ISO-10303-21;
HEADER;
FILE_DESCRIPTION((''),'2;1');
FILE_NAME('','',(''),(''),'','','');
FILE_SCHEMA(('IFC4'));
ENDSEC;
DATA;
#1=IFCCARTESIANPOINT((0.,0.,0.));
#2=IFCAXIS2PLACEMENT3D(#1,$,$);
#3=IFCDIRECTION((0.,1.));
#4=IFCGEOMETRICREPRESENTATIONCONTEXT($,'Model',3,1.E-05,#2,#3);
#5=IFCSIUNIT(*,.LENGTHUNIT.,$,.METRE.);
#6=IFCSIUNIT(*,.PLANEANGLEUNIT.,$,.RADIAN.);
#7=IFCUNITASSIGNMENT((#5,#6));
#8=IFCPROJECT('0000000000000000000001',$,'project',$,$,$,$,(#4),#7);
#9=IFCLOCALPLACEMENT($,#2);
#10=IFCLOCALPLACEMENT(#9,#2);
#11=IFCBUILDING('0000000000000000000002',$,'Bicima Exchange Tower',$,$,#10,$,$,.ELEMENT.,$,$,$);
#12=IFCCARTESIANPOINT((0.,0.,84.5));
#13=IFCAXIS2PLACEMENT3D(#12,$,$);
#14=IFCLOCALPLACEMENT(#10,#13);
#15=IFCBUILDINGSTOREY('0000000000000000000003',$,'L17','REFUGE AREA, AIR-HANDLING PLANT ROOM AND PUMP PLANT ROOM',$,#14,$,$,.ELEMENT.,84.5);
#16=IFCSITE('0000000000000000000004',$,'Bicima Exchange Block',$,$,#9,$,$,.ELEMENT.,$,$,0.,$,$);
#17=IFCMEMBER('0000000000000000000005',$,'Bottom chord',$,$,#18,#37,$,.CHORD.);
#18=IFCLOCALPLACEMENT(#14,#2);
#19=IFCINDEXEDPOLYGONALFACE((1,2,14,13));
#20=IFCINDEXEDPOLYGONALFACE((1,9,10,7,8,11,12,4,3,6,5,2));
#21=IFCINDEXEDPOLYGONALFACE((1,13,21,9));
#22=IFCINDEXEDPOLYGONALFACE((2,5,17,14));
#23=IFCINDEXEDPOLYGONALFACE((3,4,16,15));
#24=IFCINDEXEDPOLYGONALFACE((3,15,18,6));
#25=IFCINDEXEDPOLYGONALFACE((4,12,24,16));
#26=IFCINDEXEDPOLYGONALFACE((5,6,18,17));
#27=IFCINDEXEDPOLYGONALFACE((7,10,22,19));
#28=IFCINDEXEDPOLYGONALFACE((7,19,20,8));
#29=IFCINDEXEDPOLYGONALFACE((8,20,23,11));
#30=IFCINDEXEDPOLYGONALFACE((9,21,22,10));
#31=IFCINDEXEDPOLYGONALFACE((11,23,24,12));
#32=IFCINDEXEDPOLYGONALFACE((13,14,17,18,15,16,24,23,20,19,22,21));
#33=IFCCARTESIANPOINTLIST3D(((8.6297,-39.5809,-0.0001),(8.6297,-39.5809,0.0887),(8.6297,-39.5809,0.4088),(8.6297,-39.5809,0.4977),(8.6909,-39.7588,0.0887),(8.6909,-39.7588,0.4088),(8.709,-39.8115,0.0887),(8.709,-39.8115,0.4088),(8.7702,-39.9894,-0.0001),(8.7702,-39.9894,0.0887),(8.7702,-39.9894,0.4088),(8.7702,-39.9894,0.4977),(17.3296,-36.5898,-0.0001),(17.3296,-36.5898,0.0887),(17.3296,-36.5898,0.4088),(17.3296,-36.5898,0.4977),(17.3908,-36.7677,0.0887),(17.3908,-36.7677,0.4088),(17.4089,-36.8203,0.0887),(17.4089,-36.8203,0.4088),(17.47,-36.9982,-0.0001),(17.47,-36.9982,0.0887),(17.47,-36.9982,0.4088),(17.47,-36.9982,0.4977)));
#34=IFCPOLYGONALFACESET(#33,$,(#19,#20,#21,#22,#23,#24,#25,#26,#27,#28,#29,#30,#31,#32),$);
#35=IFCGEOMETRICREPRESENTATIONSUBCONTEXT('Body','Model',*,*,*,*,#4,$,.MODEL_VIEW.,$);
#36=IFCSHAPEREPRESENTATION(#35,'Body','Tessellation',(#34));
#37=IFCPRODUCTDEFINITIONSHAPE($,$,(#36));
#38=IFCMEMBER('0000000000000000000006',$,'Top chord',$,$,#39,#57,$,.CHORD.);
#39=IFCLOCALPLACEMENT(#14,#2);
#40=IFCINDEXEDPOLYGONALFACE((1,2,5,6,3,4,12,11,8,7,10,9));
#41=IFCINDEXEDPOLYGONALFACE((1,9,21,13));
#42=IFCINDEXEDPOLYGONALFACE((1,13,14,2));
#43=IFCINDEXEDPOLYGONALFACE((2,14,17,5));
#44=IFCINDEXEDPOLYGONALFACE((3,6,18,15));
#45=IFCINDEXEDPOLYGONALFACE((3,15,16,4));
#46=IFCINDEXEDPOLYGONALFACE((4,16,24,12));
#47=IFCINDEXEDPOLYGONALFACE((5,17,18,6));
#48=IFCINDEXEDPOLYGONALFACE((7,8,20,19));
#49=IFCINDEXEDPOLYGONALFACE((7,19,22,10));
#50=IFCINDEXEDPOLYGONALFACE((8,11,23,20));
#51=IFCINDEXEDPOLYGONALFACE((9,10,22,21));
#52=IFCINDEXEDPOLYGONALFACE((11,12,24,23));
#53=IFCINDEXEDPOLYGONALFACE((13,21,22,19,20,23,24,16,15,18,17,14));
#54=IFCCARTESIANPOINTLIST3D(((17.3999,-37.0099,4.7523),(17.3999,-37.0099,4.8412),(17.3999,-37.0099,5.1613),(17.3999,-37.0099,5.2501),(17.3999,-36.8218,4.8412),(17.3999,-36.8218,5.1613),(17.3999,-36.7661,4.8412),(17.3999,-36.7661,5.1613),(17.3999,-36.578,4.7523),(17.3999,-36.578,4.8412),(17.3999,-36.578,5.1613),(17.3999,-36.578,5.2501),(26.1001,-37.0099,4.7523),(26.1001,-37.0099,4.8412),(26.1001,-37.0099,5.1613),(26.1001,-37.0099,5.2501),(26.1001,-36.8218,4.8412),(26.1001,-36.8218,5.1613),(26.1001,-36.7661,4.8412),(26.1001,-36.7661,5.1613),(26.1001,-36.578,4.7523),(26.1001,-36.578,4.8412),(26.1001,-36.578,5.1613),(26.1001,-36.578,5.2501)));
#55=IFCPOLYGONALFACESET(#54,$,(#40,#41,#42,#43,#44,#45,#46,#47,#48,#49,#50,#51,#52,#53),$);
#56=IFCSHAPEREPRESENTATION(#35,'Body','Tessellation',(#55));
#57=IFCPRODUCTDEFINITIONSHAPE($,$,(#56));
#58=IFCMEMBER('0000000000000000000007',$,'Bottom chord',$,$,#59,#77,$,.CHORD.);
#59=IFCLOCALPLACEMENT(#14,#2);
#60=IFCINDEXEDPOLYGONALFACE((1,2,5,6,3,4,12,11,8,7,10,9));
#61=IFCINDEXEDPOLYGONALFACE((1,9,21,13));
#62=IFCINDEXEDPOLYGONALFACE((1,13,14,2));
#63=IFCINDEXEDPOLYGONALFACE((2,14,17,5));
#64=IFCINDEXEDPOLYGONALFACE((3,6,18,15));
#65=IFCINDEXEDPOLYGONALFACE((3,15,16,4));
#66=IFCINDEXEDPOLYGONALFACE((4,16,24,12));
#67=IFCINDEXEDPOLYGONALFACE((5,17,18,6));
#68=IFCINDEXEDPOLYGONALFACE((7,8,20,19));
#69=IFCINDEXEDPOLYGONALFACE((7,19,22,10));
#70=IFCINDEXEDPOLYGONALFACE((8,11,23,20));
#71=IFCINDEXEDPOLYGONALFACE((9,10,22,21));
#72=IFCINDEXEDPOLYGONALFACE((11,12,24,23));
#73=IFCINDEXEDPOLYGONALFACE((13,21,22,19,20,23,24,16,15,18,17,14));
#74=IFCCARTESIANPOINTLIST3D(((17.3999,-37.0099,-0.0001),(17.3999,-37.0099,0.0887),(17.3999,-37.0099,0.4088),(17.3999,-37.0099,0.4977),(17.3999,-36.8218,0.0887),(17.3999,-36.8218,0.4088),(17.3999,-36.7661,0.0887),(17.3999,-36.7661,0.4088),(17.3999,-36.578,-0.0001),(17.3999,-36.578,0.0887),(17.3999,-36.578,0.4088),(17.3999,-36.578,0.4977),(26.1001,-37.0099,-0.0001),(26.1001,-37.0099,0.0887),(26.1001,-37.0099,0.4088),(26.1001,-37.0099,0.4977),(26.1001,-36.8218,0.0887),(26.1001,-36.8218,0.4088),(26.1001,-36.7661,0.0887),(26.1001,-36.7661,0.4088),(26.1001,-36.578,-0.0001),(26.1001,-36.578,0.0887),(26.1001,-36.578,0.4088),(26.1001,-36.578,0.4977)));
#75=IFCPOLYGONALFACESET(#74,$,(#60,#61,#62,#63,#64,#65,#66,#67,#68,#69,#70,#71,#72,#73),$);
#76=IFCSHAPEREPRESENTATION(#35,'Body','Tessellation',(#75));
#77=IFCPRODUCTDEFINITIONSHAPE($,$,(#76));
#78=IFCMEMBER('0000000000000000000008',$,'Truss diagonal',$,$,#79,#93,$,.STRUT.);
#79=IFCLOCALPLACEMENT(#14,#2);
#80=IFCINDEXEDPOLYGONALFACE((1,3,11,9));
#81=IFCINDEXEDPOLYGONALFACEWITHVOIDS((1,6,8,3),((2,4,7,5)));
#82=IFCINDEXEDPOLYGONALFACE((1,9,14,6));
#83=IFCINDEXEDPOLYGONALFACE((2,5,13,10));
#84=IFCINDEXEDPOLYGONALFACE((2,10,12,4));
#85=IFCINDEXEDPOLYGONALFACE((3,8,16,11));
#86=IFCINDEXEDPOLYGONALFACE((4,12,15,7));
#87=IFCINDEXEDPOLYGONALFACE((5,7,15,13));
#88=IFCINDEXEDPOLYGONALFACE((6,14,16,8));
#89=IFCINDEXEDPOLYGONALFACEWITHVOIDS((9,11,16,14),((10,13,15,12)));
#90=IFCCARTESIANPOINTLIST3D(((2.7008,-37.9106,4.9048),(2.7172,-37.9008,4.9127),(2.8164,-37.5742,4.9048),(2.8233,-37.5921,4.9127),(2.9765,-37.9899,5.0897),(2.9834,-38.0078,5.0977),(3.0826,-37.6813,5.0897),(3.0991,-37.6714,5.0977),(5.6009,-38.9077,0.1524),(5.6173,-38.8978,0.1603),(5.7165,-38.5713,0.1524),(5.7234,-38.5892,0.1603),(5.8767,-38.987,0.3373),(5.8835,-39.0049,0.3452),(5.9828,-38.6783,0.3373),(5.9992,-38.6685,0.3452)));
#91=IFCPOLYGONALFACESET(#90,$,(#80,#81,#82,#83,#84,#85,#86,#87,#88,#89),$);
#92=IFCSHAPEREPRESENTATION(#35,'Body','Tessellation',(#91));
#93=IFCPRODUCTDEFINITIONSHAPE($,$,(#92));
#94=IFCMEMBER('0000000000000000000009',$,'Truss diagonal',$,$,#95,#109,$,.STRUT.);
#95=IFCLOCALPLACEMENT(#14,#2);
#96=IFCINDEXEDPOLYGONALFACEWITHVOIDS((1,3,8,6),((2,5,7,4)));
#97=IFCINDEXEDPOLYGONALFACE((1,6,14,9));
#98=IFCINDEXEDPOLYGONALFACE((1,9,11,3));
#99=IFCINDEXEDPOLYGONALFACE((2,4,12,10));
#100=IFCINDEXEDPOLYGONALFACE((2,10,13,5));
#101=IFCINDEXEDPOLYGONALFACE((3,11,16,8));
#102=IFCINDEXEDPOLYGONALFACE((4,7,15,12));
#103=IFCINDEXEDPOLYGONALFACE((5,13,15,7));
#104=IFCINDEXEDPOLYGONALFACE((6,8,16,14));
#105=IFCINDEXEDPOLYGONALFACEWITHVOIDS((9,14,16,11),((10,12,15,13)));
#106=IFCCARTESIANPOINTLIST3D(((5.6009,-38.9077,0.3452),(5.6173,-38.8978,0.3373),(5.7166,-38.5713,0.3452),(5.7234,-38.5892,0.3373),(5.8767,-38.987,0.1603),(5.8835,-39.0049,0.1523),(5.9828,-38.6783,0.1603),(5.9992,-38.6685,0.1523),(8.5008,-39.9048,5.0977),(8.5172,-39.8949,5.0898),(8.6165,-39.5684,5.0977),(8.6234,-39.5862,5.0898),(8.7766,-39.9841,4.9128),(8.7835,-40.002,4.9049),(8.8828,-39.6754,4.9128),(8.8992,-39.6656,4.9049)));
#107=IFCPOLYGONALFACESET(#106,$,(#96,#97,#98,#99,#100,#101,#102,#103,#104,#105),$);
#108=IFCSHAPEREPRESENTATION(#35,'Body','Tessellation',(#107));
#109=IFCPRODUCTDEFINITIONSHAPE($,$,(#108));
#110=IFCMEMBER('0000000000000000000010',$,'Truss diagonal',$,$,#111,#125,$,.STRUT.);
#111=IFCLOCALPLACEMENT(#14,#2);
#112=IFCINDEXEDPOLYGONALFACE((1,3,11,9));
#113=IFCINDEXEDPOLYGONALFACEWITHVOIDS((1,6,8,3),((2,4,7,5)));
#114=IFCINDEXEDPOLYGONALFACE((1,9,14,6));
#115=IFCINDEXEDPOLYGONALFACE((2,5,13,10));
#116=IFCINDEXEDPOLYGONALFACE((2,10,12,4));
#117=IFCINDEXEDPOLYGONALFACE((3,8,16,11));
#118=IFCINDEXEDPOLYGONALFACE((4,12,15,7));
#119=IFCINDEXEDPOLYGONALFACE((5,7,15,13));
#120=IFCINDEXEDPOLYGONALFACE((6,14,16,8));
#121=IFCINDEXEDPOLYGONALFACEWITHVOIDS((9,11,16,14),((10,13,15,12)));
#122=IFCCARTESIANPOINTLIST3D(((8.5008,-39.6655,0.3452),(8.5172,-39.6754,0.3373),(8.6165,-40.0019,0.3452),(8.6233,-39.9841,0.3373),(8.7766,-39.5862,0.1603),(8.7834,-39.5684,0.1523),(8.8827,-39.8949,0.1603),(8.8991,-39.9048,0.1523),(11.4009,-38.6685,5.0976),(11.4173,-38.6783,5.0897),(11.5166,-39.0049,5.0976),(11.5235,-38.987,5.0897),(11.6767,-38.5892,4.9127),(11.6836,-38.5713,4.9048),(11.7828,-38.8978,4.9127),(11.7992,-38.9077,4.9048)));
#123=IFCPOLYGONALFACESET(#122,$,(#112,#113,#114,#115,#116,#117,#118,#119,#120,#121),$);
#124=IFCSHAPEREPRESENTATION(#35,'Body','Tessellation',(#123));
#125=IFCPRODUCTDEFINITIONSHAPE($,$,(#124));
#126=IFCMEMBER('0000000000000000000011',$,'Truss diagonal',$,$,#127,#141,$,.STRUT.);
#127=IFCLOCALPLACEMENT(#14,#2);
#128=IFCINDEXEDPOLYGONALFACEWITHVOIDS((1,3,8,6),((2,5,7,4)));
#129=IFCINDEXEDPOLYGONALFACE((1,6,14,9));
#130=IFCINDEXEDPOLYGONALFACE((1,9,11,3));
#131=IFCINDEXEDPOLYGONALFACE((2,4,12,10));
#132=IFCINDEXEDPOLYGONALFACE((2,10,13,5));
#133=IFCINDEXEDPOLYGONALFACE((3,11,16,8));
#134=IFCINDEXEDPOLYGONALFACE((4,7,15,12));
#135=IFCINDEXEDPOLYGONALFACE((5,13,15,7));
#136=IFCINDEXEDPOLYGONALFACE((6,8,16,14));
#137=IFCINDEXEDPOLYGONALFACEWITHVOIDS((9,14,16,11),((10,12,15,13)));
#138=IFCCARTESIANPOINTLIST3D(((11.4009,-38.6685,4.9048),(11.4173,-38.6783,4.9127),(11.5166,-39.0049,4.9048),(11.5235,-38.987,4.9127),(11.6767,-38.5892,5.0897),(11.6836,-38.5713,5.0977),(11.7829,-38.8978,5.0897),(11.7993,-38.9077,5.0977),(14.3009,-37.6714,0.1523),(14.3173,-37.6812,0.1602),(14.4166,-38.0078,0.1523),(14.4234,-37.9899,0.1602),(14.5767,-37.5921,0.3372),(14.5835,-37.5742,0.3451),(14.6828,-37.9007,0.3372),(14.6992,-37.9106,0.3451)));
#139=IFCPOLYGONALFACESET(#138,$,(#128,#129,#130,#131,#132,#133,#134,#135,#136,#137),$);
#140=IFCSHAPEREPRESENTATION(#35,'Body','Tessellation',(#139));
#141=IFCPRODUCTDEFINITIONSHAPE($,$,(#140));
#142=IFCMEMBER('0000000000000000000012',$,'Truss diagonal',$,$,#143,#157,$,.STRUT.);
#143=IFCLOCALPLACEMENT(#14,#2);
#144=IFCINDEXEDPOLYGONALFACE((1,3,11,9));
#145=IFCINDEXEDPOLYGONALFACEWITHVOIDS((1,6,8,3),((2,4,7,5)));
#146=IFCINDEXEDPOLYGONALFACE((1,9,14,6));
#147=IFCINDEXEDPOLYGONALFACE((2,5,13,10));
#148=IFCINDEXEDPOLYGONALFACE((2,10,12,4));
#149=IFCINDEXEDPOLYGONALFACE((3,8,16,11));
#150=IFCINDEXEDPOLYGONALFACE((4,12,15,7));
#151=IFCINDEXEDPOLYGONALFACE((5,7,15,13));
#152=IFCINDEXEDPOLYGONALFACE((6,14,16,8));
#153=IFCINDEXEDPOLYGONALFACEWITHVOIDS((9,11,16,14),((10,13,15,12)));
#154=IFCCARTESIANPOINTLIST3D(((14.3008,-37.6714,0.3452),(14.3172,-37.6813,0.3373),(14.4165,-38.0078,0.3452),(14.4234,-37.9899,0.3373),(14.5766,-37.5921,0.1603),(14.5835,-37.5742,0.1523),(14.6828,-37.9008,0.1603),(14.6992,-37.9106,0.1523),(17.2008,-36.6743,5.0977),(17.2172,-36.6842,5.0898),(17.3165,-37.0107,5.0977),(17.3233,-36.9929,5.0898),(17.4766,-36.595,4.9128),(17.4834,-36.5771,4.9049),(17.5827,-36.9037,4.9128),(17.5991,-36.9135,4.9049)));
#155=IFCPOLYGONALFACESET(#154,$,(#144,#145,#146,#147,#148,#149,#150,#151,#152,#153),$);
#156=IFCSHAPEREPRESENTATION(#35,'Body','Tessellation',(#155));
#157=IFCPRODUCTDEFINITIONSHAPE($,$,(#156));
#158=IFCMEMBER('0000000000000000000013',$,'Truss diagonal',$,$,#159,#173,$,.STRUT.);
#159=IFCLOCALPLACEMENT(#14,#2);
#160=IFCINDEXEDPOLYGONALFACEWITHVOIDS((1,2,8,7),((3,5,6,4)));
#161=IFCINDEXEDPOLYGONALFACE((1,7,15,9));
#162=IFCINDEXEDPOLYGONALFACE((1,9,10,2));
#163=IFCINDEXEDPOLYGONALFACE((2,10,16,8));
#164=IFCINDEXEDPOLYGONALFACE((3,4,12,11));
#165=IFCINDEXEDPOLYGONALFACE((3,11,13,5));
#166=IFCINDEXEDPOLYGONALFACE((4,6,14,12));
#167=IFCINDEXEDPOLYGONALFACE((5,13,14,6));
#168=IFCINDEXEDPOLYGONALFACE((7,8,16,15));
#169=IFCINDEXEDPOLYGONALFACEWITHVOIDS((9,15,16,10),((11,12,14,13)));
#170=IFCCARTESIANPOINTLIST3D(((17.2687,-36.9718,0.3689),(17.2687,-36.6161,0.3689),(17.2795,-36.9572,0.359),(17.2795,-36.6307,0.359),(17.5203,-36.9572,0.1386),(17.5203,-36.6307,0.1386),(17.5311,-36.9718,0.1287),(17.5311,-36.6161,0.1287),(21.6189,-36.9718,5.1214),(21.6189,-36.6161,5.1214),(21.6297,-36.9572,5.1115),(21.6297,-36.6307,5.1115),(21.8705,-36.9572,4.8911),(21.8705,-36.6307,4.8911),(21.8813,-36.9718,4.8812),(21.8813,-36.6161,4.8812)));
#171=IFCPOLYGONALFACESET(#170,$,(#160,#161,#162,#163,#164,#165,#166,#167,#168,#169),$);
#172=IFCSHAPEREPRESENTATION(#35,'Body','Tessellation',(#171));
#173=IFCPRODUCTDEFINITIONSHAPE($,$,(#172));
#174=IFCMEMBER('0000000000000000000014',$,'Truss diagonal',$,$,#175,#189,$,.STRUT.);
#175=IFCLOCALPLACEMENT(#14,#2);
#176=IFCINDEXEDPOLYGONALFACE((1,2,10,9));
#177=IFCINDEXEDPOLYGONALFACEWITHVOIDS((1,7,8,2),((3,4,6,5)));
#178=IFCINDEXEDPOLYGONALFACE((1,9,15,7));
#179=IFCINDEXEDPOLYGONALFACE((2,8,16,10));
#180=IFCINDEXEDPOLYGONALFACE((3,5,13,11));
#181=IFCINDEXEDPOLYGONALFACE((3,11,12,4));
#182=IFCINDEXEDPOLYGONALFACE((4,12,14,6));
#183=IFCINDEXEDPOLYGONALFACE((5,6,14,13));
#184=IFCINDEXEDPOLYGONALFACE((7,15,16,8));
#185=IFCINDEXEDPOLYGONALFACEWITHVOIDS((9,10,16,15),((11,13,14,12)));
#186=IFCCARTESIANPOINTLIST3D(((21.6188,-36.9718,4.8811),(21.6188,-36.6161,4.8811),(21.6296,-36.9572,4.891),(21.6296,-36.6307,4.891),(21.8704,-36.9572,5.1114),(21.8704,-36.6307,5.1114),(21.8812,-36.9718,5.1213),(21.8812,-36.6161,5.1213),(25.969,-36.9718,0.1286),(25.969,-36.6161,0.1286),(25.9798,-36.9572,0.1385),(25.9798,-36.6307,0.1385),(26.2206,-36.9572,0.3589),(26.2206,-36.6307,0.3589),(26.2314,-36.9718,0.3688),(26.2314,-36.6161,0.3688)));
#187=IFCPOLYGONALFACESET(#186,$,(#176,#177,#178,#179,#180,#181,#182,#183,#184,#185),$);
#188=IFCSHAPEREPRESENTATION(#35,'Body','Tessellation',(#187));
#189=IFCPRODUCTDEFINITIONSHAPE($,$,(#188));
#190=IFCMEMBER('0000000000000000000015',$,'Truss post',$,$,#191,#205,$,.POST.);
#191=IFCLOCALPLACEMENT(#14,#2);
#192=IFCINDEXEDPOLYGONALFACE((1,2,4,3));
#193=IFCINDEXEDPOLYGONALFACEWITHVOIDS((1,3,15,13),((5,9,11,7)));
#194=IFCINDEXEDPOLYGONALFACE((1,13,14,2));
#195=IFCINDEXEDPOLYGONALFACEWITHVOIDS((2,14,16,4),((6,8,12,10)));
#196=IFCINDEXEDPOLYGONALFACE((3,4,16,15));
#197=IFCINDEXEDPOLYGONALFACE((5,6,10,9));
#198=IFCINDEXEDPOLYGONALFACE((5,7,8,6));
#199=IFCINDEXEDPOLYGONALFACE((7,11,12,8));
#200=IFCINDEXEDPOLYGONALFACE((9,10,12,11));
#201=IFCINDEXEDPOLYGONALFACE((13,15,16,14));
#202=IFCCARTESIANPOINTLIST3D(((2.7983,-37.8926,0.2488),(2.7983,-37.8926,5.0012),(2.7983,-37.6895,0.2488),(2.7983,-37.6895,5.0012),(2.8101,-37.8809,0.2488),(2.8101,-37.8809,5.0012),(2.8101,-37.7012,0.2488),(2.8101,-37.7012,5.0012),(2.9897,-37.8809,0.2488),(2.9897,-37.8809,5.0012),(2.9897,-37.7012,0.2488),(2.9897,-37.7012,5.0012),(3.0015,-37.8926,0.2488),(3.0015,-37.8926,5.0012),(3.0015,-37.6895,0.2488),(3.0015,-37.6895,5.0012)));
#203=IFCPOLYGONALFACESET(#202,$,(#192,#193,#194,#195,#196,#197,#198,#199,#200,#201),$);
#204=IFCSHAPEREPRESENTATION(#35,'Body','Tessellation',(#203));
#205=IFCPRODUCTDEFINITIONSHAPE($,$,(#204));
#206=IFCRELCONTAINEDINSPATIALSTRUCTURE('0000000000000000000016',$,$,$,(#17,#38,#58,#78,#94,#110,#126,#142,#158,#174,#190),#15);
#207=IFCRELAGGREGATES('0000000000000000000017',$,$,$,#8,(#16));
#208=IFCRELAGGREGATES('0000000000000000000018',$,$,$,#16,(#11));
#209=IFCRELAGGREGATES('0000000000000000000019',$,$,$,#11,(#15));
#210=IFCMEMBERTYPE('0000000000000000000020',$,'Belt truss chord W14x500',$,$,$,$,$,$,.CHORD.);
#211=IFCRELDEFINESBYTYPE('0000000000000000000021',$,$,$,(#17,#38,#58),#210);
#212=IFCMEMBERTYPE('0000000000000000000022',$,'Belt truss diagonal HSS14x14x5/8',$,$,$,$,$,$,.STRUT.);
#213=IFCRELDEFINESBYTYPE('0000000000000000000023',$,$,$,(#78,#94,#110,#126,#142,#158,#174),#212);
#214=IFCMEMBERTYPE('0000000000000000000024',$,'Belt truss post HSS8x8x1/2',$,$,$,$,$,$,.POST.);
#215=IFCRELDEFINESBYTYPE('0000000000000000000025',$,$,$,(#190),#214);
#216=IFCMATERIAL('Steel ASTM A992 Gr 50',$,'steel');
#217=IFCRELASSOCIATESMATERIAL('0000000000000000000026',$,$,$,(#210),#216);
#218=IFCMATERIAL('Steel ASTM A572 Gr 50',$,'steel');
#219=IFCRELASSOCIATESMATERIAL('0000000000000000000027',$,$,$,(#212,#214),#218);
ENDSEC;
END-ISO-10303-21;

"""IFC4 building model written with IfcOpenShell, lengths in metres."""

from ifc_helpers import new_model, si_unit, direction, frame, origin, origin_2d, place, context, subcontext, project, spatial, hollow_rectangle, i_section, extrude, material, material_profile, profile_set, type_object, element, save


model = new_model("IFC4")

# Units and contexts
model_context = context("Model", 3, precision=1e-05, world=origin(), true_north=direction((0.0, 1.0)))
body_context = subcontext(model_context, "Body", "Model", "MODEL_VIEW")
ifc_project = project(units=[si_unit("LENGTHUNIT", "METRE"), si_unit("PLANEANGLEUNIT", "RADIAN")], contexts=[model_context])

# Site, building, storey
site_placement = place(None, origin())
site = spatial("IfcSite", under=ifc_project, at=site_placement, Name="Bicima Exchange Block", CompositionType="ELEMENT", RefElevation=0.0)
building_placement = place(site_placement, origin())
building = spatial("IfcBuilding", under=site, at=building_placement, Name="Bicima Exchange Tower", CompositionType="ELEMENT")
storey_placement = place(building_placement, frame((0.0, 0.0, 84.5)))
storey = spatial("IfcBuildingStorey", under=building, at=storey_placement, Name="L17", Description="REFUGE AREA, AIR-HANDLING PLANT ROOM AND PUMP PLANT ROOM", CompositionType="ELEMENT", Elevation=84.5)

# Shared definitions
ifc_material_1 = material(Name="Steel ASTM A992 Gr 50", Category="steel")

# Members
ifc_material_profile_1 = material_profile(ifc_material_1, i_section(OverallWidth=0.4319, OverallDepth=0.4978, WebThickness=0.0557, FlangeThickness=0.0889, at=origin_2d()))
ifc_profile_set_1 = profile_set([ifc_material_profile_1], Name="Steel ASTM A992 Gr 50")
member_type_1 = type_object("IfcMemberType", Name="Belt truss chord W14x500", PredefinedType="CHORD", material=ifc_profile_set_1)
for number, where, z_axis, x_axis, name in (
    (1, (8.7, -39.7852, 0.2488), (0.945666, 0.325138, 0.0), (-0.325138, 0.945666, 0.0), "Bottom chord"),
):
    element("IfcMember", number, at=place(storey_placement, frame(where, z_axis=z_axis, x_axis=x_axis)), inside=storey, type_object=member_type_1, Name=name, PredefinedType="CHORD", context=body_context, shape_type="SweptSolid", body=[
        extrude(i_section(OverallWidth=0.4319, OverallDepth=0.4978, WebThickness=0.0557, FlangeThickness=0.0889, at=origin_2d()), origin(), (0.0, 0.0, 1.0), 9.1997),
    ])
for number, where, z_axis, x_axis, name in (
    (2, (17.3999, -36.7939, 5.0012), (1.0, 0.0, 0.0), (0.0, 1.0, 0.0), "Top chord"),
    (3, (17.3999, -36.7939, 0.2488), (1.0, 0.0, 0.0), (0.0, 1.0, 0.0), "Bottom chord"),
):
    element("IfcMember", number, at=place(storey_placement, frame(where, z_axis=z_axis, x_axis=x_axis)), inside=storey, type_object=member_type_1, Name=name, PredefinedType="CHORD", context=body_context, shape_type="SweptSolid", body=[
        extrude(i_section(OverallWidth=0.4319, OverallDepth=0.4978, WebThickness=0.0557, FlangeThickness=0.0889, at=origin_2d()), origin(), (0.0, 0.0, 1.0), 8.7002),
    ])
ifc_material_2 = material(Name="Steel ASTM A572 Gr 50", Category="steel")
ifc_material_profile_2 = material_profile(ifc_material_2, hollow_rectangle(XDim=0.3557, YDim=0.3557, WallThickness=0.0146, at=origin_2d()))
ifc_profile_set_2 = profile_set([ifc_material_profile_2], Name="Steel ASTM A572 Gr 50")
member_type_2 = type_object("IfcMemberType", Name="Belt truss diagonal HSS14x14x5/8", PredefinedType="STRUT", material=ifc_profile_set_2)
for number, where, z_axis, x_axis, name in (
    (4, (2.8999, -37.791, 5.0012), (0.512753, -0.176284, -0.840243), (0.325122, 0.945672, 0.0), "Truss diagonal"),
    (5, (5.8, -38.7881, 0.2488), (0.512721, -0.176288, 0.840262), (0.325147, 0.945664, 0.0), "Truss diagonal"),
    (6, (8.7, -39.7852, 0.2488), (0.512753, 0.176284, 0.840243), (-0.325122, 0.945672, 0.0), "Truss diagonal"),
    (7, (11.6001, -38.7881, 5.0012), (0.512721, 0.176288, -0.840262), (-0.325147, 0.945664, 0.0), "Truss diagonal"),
    (8, (14.5, -37.791, 0.2488), (0.512721, 0.176288, 0.840262), (-0.325147, 0.945664, 0.0), "Truss diagonal"),
):
    element("IfcMember", number, at=place(storey_placement, frame(where, z_axis=z_axis, x_axis=x_axis)), inside=storey, type_object=member_type_2, Name=name, PredefinedType="STRUT", context=body_context, shape_type="SweptSolid", body=[
        extrude(hollow_rectangle(XDim=0.3557, YDim=0.3557, WallThickness=0.0146, at=origin_2d()), origin(), (0.0, 0.0, 1.0), 5.656),
    ])
for number, where, z_axis, x_axis, name in (
    (9, (17.3999, -36.7939, 0.2488), (0.675193, 0.0, 0.737642), (0.0, 1.0, 0.0), "Truss diagonal"),
    (10, (21.75, -36.7939, 5.0012), (0.675193, 0.0, -0.737642), (0.0, 1.0, 0.0), "Truss diagonal"),
):
    element("IfcMember", number, at=place(storey_placement, frame(where, z_axis=z_axis, x_axis=x_axis)), inside=storey, type_object=member_type_2, Name=name, PredefinedType="STRUT", context=body_context, shape_type="SweptSolid", body=[
        extrude(hollow_rectangle(XDim=0.3557, YDim=0.3557, WallThickness=0.0146, at=origin_2d()), origin(), (0.0, 0.0, 1.0), 6.4429),
    ])
ifc_material_profile_3 = material_profile(ifc_material_2, hollow_rectangle(XDim=0.2031, YDim=0.2031, WallThickness=0.0117, at=origin_2d()))
ifc_profile_set_3 = profile_set([ifc_material_profile_3], Name="Steel ASTM A572 Gr 50")
member_type_3 = type_object("IfcMemberType", Name="Belt truss post HSS8x8x1/2", PredefinedType="POST", material=ifc_profile_set_3)
for number, where, z_axis, x_axis, name in (
    (11, (2.8999, -37.791, 0.2488), (0.0, 0.0, 1.0), (1.0, 0.0, 0.0), "Truss post"),
):
    element("IfcMember", number, at=place(storey_placement, frame(where, z_axis=z_axis, x_axis=x_axis)), inside=storey, type_object=member_type_3, Name=name, PredefinedType="POST", context=body_context, shape_type="SweptSolid", body=[
        extrude(hollow_rectangle(XDim=0.2031, YDim=0.2031, WallThickness=0.0117, at=origin_2d()), origin(), (0.0, 0.0, 1.0), 4.7524),
    ])

save(model, "model.ifc")
